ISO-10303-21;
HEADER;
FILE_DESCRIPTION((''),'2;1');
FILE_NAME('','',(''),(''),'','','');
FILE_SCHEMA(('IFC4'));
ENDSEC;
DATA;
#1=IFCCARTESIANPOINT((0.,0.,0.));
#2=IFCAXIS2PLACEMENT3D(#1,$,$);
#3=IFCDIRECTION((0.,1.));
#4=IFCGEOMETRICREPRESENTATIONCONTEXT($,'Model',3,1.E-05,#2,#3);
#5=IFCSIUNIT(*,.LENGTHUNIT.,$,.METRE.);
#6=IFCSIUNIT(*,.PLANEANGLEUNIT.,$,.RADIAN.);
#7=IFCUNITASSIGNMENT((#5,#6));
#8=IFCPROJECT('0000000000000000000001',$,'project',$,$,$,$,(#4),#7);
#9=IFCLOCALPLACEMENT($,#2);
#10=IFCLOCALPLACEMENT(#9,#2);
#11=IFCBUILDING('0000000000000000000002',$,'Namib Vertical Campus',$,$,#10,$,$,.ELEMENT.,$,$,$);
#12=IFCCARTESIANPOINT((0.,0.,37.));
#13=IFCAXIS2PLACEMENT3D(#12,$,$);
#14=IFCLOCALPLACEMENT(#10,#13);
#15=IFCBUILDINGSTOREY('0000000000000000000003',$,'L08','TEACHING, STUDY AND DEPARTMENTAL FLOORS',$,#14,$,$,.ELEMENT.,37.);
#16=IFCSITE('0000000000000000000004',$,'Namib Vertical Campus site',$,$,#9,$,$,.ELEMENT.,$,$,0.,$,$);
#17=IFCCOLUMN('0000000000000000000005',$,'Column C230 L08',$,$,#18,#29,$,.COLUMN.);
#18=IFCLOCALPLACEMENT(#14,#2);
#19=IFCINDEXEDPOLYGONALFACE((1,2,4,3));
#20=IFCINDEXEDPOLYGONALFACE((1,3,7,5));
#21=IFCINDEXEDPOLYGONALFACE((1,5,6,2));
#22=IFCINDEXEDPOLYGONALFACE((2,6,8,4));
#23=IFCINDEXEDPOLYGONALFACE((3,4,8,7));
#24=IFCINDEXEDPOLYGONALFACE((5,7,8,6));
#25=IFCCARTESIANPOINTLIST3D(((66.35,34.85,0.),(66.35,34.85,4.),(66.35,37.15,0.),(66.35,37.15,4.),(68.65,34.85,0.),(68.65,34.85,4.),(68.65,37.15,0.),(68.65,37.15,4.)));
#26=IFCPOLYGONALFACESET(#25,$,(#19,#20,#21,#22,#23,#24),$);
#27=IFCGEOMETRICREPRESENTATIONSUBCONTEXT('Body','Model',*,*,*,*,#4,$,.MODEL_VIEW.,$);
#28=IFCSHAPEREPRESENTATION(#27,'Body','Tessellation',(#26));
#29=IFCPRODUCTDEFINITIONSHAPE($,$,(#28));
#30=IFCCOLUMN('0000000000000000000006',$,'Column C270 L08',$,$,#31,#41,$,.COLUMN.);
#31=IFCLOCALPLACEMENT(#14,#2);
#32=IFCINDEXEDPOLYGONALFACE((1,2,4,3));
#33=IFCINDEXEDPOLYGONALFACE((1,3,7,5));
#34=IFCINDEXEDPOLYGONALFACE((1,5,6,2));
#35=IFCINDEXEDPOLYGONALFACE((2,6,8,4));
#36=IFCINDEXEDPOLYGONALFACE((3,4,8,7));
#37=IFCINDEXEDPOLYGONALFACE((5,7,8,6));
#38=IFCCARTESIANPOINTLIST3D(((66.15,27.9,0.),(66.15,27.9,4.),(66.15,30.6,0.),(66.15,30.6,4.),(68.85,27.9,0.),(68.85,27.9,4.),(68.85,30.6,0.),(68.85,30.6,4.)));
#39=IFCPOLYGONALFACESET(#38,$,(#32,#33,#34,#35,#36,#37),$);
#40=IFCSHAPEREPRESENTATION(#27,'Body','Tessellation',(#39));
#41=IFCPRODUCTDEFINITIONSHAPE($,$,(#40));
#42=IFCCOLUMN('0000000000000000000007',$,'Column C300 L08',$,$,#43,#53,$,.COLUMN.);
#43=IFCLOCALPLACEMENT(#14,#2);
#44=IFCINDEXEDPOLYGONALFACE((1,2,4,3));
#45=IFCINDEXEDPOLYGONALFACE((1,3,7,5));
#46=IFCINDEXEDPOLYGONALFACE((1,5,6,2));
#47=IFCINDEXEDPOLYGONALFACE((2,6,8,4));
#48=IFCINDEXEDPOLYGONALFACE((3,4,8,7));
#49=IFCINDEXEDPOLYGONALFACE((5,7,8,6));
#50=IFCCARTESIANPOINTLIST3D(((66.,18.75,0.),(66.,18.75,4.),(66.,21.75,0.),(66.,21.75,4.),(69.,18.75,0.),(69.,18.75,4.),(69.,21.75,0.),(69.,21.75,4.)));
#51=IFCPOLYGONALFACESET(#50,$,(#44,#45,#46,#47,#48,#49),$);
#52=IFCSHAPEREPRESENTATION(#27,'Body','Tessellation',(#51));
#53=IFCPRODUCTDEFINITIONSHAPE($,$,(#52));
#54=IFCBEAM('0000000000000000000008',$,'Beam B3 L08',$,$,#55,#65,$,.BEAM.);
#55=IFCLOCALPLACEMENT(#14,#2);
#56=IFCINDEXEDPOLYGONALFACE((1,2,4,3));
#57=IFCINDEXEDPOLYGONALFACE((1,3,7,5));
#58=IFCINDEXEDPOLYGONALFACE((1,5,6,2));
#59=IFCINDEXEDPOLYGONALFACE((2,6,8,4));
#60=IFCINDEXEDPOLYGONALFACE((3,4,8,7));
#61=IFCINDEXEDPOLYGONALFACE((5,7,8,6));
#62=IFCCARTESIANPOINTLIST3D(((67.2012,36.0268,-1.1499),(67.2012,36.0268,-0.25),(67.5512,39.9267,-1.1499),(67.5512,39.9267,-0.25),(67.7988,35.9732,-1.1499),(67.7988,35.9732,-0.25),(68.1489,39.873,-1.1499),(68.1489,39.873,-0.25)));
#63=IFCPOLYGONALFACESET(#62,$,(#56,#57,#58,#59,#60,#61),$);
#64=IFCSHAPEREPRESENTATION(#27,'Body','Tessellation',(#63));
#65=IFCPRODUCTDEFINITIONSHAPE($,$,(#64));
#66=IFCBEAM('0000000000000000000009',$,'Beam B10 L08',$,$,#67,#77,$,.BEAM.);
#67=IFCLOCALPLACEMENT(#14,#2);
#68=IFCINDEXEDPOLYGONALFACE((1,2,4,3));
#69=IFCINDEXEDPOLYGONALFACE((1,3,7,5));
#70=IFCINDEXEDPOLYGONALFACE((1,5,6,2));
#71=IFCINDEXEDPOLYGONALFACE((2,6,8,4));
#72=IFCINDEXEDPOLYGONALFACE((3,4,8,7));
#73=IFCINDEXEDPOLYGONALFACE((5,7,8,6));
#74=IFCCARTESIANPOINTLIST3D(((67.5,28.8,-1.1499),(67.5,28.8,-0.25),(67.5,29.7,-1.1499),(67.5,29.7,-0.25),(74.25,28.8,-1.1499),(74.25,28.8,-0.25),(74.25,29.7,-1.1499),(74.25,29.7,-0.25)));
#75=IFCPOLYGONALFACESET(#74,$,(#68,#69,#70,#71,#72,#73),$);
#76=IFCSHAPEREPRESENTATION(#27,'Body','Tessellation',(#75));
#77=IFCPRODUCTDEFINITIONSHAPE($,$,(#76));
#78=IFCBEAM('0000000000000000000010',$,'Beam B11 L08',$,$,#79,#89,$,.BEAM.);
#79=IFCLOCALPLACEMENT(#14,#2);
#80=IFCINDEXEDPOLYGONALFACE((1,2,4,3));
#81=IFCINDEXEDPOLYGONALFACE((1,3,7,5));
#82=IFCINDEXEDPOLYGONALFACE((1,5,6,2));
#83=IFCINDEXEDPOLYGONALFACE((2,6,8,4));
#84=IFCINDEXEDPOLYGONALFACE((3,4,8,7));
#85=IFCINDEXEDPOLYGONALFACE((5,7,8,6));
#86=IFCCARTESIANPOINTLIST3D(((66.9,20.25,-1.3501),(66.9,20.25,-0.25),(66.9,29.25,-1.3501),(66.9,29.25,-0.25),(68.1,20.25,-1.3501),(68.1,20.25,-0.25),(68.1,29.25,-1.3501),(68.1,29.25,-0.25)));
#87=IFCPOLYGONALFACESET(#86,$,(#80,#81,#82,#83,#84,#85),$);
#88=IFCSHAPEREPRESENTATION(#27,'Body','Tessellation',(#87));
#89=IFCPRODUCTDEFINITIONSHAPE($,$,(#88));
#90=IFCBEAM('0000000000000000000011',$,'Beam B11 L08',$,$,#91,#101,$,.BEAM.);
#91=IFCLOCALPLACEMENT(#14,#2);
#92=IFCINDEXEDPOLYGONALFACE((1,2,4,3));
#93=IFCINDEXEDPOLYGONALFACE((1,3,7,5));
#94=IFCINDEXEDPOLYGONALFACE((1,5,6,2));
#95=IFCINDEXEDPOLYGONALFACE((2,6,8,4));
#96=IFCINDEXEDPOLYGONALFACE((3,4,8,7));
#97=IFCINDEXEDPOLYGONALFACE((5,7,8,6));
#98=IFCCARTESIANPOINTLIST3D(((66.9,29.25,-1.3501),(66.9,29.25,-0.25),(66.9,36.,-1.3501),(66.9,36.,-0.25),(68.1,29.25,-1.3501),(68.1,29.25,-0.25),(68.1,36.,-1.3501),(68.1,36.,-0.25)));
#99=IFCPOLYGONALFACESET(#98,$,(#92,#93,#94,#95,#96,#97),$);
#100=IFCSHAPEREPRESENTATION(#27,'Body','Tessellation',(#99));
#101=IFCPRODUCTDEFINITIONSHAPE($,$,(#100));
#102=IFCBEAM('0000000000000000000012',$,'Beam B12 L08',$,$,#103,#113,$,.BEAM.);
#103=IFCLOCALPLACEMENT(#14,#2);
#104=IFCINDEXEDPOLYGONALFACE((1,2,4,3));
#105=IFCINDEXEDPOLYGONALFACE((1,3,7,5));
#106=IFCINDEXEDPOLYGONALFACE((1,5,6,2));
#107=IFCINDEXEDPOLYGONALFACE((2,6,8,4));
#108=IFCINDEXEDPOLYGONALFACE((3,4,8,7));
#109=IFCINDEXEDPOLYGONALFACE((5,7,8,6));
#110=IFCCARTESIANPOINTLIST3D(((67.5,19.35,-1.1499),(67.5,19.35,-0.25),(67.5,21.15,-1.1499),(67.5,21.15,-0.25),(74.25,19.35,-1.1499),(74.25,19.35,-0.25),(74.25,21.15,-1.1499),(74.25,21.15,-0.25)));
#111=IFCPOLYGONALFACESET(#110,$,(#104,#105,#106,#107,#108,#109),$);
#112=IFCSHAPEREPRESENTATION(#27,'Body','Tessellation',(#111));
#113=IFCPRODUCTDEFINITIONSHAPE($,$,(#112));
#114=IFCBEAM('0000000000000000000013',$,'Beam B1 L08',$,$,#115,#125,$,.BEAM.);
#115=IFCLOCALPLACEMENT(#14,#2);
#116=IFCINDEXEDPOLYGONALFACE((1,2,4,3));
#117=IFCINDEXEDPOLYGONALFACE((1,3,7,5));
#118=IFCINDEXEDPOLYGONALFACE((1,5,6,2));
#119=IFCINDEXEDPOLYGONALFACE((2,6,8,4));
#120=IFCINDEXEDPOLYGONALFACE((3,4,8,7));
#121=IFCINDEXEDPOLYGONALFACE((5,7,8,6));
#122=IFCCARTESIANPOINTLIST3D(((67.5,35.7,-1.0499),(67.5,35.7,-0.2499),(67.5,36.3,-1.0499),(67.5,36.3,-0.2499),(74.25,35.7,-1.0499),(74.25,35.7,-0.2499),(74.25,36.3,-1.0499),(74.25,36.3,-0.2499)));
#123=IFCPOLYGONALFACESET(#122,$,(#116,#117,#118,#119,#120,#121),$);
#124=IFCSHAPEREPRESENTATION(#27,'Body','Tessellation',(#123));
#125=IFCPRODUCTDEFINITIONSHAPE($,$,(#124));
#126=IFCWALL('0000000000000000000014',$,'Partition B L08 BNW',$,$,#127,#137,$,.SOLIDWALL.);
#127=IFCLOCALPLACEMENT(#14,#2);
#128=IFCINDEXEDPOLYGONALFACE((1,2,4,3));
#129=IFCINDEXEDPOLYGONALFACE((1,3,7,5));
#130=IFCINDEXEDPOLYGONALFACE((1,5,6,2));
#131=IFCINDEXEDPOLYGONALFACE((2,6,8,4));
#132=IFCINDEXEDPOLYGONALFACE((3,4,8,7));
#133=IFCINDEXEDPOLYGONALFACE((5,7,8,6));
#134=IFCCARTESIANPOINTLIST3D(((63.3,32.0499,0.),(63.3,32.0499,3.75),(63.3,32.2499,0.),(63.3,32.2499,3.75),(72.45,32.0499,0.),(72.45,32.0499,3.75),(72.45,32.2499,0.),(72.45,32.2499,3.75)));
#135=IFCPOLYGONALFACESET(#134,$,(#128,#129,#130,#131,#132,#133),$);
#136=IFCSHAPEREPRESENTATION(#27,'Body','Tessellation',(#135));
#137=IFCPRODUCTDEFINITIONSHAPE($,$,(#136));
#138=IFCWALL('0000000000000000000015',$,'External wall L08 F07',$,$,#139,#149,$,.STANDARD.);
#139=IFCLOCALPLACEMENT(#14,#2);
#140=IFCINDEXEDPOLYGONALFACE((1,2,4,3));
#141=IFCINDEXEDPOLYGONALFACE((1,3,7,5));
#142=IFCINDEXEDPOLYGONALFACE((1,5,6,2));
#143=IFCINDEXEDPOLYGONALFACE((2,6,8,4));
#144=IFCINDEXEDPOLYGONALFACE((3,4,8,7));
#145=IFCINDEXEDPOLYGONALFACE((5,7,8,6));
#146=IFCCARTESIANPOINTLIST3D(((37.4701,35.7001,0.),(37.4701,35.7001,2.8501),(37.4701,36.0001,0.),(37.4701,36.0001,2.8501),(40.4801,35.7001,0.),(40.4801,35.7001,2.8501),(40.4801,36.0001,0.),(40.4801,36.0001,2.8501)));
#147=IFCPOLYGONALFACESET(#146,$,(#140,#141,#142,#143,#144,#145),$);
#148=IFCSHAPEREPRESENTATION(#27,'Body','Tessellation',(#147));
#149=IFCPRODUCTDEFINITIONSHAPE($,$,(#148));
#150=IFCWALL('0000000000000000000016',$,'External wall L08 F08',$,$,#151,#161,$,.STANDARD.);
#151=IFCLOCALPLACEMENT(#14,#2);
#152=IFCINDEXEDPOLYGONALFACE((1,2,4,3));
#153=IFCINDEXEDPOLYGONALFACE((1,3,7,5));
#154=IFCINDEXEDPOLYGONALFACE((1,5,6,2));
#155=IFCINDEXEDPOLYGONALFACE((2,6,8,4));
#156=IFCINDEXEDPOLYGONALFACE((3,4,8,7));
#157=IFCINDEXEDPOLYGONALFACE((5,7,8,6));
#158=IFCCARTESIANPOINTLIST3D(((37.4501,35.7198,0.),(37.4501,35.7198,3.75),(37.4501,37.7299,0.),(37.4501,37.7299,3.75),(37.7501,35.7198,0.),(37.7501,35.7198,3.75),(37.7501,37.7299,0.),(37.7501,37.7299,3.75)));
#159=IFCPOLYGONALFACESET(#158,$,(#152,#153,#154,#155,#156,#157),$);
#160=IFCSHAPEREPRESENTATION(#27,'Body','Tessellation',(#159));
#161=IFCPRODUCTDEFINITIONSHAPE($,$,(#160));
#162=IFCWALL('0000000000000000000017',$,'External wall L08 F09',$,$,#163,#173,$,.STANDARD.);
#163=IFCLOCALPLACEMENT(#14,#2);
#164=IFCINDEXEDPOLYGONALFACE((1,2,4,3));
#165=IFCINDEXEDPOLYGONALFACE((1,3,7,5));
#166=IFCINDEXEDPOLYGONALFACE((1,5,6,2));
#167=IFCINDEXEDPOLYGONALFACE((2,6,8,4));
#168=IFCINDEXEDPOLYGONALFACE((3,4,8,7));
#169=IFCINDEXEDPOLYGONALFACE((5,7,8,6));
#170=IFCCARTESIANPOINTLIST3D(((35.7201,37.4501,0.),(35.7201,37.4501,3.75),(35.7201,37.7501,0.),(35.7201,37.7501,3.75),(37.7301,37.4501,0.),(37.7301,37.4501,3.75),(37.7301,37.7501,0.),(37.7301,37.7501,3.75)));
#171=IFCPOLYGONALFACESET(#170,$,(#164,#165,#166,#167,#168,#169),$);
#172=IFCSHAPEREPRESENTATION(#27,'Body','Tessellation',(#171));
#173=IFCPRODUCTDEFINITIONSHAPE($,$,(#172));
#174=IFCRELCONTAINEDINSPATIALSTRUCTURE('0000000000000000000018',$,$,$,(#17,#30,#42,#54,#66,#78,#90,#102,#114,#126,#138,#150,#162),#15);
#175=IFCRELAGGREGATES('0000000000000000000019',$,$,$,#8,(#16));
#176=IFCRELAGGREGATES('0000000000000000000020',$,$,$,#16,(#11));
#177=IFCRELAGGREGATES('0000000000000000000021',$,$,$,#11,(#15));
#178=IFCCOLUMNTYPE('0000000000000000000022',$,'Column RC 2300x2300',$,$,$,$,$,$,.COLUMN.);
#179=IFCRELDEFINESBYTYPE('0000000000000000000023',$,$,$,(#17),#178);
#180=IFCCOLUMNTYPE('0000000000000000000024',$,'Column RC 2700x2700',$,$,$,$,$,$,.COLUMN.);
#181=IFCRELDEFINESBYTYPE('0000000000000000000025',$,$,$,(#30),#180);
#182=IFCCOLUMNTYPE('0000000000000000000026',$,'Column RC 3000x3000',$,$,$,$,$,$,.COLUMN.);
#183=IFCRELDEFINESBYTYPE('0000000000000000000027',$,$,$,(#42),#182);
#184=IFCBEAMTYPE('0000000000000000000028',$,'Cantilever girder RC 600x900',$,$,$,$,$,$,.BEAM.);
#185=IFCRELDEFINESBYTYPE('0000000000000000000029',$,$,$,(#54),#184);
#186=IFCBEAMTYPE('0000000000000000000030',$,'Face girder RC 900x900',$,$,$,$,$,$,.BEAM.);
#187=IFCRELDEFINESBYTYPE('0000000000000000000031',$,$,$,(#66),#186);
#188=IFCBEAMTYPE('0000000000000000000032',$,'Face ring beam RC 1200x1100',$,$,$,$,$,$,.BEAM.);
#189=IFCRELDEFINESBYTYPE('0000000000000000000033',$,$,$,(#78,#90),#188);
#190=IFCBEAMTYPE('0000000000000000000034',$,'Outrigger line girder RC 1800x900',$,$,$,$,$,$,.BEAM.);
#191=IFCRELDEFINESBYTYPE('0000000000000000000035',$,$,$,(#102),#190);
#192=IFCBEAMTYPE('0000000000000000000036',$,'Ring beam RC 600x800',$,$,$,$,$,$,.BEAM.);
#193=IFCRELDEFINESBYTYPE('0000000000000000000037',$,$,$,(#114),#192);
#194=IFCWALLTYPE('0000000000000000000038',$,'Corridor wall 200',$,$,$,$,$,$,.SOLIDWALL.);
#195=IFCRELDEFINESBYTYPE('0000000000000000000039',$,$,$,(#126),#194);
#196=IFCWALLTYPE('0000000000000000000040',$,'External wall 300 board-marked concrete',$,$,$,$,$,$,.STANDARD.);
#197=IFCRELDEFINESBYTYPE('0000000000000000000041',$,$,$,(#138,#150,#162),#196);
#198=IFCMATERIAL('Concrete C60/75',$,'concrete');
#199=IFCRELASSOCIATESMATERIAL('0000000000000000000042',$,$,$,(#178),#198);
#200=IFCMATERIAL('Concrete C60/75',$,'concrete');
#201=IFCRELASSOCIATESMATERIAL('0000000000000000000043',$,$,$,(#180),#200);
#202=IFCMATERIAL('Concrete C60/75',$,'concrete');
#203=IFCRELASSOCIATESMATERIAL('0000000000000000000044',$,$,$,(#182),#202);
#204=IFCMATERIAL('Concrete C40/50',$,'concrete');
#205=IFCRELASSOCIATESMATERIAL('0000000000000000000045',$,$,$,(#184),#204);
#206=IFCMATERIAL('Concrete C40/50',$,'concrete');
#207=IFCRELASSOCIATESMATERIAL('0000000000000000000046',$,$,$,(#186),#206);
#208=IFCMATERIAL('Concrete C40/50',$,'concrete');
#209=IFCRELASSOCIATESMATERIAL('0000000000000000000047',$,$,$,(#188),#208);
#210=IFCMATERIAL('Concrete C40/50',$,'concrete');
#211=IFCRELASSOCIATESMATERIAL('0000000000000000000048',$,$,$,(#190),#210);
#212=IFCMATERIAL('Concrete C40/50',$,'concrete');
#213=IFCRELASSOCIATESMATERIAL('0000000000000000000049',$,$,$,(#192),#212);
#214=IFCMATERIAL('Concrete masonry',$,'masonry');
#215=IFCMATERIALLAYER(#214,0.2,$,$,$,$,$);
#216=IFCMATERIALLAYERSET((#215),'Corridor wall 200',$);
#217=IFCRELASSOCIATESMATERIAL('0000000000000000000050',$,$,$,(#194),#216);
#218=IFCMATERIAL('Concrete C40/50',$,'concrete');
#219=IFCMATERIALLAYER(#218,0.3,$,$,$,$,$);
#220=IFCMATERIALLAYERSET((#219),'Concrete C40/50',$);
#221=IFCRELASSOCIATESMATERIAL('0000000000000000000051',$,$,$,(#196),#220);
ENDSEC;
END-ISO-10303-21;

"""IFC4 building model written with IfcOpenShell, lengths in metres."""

from ifc_helpers import new_model, si_unit, direction, frame, frame_2d, origin, origin_2d, place, context, subcontext, project, spatial, rectangle, extrude, material, layer, layer_set, material_profile, profile_set, type_object, element, save


model = new_model("IFC4")

# Units and contexts
model_context = context("Model", 3, precision=1e-05, world=origin(), true_north=direction((0.0, 1.0)))
body_context = subcontext(model_context, "Body", "Model", "MODEL_VIEW")
ifc_project = project(units=[si_unit("LENGTHUNIT", "METRE"), si_unit("PLANEANGLEUNIT", "RADIAN")], contexts=[model_context])

# Site, building, storey
site_placement = place(None, origin())
site = spatial("IfcSite", under=ifc_project, at=site_placement, Name="Namib Vertical Campus site", CompositionType="ELEMENT", RefElevation=0.0)
building_placement = place(site_placement, origin())
building = spatial("IfcBuilding", under=site, at=building_placement, Name="Namib Vertical Campus", CompositionType="ELEMENT")
storey_placement = place(building_placement, frame((0.0, 0.0, 37.0)))
storey = spatial("IfcBuildingStorey", under=building, at=storey_placement, Name="L08", Description="TEACHING, STUDY AND DEPARTMENTAL FLOORS", CompositionType="ELEMENT", Elevation=37.0)

# Columns
ifc_material_1 = material(Name="Concrete C60/75", Category="concrete")
ifc_material_profile_1 = material_profile(ifc_material_1, rectangle(XDim=2.3, YDim=2.3, at=origin_2d()))
ifc_profile_set_1 = profile_set([ifc_material_profile_1], Name="Concrete C60/75")
column_type_1 = type_object("IfcColumnType", Name="Column RC 2300x2300", PredefinedType="COLUMN", material=ifc_profile_set_1)
column_1_placement = place(storey_placement, frame((67.5, 36.0, 0.0), z_axis=(0.0, 0.0, 1.0), x_axis=(1.0, 0.0, 0.0)))
element("IfcColumn", 1, at=column_1_placement, inside=storey, type_object=column_type_1, Name="Column C230 L08", PredefinedType="COLUMN", context=body_context, shape_type="SweptSolid", body=[
    extrude(rectangle(XDim=2.3, YDim=2.3, at=origin_2d()), origin(), (0.0, 0.0, 1.0), 4.0),
])
ifc_material_2 = material(Name="Concrete C60/75", Category="concrete")
ifc_material_profile_2 = material_profile(ifc_material_2, rectangle(XDim=2.7, YDim=2.7, at=origin_2d()))
ifc_profile_set_2 = profile_set([ifc_material_profile_2], Name="Concrete C60/75")
column_type_2 = type_object("IfcColumnType", Name="Column RC 2700x2700", PredefinedType="COLUMN", material=ifc_profile_set_2)
column_2_placement = place(storey_placement, frame((67.5, 29.25, 0.0), z_axis=(0.0, 0.0, 1.0), x_axis=(1.0, 0.0, 0.0)))
element("IfcColumn", 2, at=column_2_placement, inside=storey, type_object=column_type_2, Name="Column C270 L08", PredefinedType="COLUMN", context=body_context, shape_type="SweptSolid", body=[
    extrude(rectangle(XDim=2.7, YDim=2.7, at=origin_2d()), origin(), (0.0, 0.0, 1.0), 4.0),
])
ifc_material_3 = material(Name="Concrete C60/75", Category="concrete")
ifc_material_profile_3 = material_profile(ifc_material_3, rectangle(XDim=3.0, YDim=3.0, at=origin_2d()))
ifc_profile_set_3 = profile_set([ifc_material_profile_3], Name="Concrete C60/75")
column_type_3 = type_object("IfcColumnType", Name="Column RC 3000x3000", PredefinedType="COLUMN", material=ifc_profile_set_3)
column_3_placement = place(storey_placement, frame((67.5, 20.25, 0.0), z_axis=(0.0, 0.0, 1.0), x_axis=(1.0, 0.0, 0.0)))
element("IfcColumn", 3, at=column_3_placement, inside=storey, type_object=column_type_3, Name="Column C300 L08", PredefinedType="COLUMN", context=body_context, shape_type="SweptSolid", body=[
    extrude(rectangle(XDim=3.0, YDim=3.0, at=origin_2d()), origin(), (0.0, 0.0, 1.0), 4.0),
])

# Beams
ifc_material_4 = material(Name="Concrete C40/50", Category="concrete")
ifc_material_profile_4 = material_profile(ifc_material_4, rectangle(XDim=0.6001, YDim=0.8999, at=origin_2d()))
ifc_profile_set_4 = profile_set([ifc_material_profile_4], Name="Concrete C40/50")
beam_type_1 = type_object("IfcBeamType", Name="Cantilever girder RC 600x900", PredefinedType="BEAM", material=ifc_profile_set_4)
beam_1_placement = place(storey_placement, frame((67.5, 36.0, -0.7), z_axis=(0.089411, 0.995995, 0.0), x_axis=(-0.995995, 0.089411, 0.0)))
element("IfcBeam", 4, at=beam_1_placement, inside=storey, type_object=beam_type_1, Name="Beam B3 L08", PredefinedType="BEAM", context=body_context, shape_type="SweptSolid", body=[
    extrude(rectangle(XDim=0.6001, YDim=0.8999, at=origin_2d()), origin(), (0.0, 0.0, 1.0), 3.9155),
])
ifc_material_5 = material(Name="Concrete C40/50", Category="concrete")
ifc_material_profile_5 = material_profile(ifc_material_5, rectangle(XDim=0.8999, YDim=0.8999, at=origin_2d()))
ifc_profile_set_5 = profile_set([ifc_material_profile_5], Name="Concrete C40/50")
beam_type_2 = type_object("IfcBeamType", Name="Face girder RC 900x900", PredefinedType="BEAM", material=ifc_profile_set_5)
beam_2_placement = place(storey_placement, frame((67.5, 29.25, -0.7), z_axis=(1.0, 0.0, 0.0), x_axis=(0.0, 1.0, 0.0)))
element("IfcBeam", 5, at=beam_2_placement, inside=storey, type_object=beam_type_2, Name="Beam B10 L08", PredefinedType="BEAM", context=body_context, shape_type="SweptSolid", body=[
    extrude(rectangle(XDim=0.8999, YDim=0.8999, at=origin_2d()), origin(), (0.0, 0.0, 1.0), 6.75),
])
ifc_material_6 = material(Name="Concrete C40/50", Category="concrete")
ifc_material_profile_6 = material_profile(ifc_material_6, rectangle(XDim=1.2, YDim=1.1001, at=origin_2d()))
ifc_profile_set_6 = profile_set([ifc_material_profile_6], Name="Concrete C40/50")
beam_type_3 = type_object("IfcBeamType", Name="Face ring beam RC 1200x1100", PredefinedType="BEAM", material=ifc_profile_set_6)
beam_3_placement = place(storey_placement, frame((67.5, 20.25, -0.8), z_axis=(0.0, 1.0, 0.0), x_axis=(-1.0, 0.0, 0.0)))
element("IfcBeam", 6, at=beam_3_placement, inside=storey, type_object=beam_type_3, Name="Beam B11 L08", PredefinedType="BEAM", context=body_context, shape_type="SweptSolid", body=[
    extrude(rectangle(XDim=1.2, YDim=1.1001, at=origin_2d()), origin(), (0.0, 0.0, 1.0), 9.0),
])
beam_4_placement = place(storey_placement, frame((67.5, 29.25, -0.8), z_axis=(0.0, 1.0, 0.0), x_axis=(-1.0, 0.0, 0.0)))
element("IfcBeam", 7, at=beam_4_placement, inside=storey, type_object=beam_type_3, Name="Beam B11 L08", PredefinedType="BEAM", context=body_context, shape_type="SweptSolid", body=[
    extrude(rectangle(XDim=1.2, YDim=1.1001, at=origin_2d()), origin(), (0.0, 0.0, 1.0), 6.75),
])
ifc_material_7 = material(Name="Concrete C40/50", Category="concrete")
ifc_material_profile_7 = material_profile(ifc_material_7, rectangle(XDim=1.8, YDim=0.8999, at=origin_2d()))
ifc_profile_set_7 = profile_set([ifc_material_profile_7], Name="Concrete C40/50")
beam_type_4 = type_object("IfcBeamType", Name="Outrigger line girder RC 1800x900", PredefinedType="BEAM", material=ifc_profile_set_7)
beam_5_placement = place(storey_placement, frame((67.5, 20.25, -0.7), z_axis=(1.0, 0.0, 0.0), x_axis=(0.0, 1.0, 0.0)))
element("IfcBeam", 8, at=beam_5_placement, inside=storey, type_object=beam_type_4, Name="Beam B12 L08", PredefinedType="BEAM", context=body_context, shape_type="SweptSolid", body=[
    extrude(rectangle(XDim=1.8, YDim=0.8999, at=origin_2d()), origin(), (0.0, 0.0, 1.0), 6.75),
])
ifc_material_8 = material(Name="Concrete C40/50", Category="concrete")
ifc_material_profile_8 = material_profile(ifc_material_8, rectangle(XDim=0.6001, YDim=0.8, at=origin_2d()))
ifc_profile_set_8 = profile_set([ifc_material_profile_8], Name="Concrete C40/50")
beam_type_5 = type_object("IfcBeamType", Name="Ring beam RC 600x800", PredefinedType="BEAM", material=ifc_profile_set_8)
beam_6_placement = place(storey_placement, frame((67.5, 36.0, -0.6499), z_axis=(1.0, 0.0, 0.0), x_axis=(0.0, 1.0, 0.0)))
element("IfcBeam", 9, at=beam_6_placement, inside=storey, type_object=beam_type_5, Name="Beam B1 L08", PredefinedType="BEAM", context=body_context, shape_type="SweptSolid", body=[
    extrude(rectangle(XDim=0.6001, YDim=0.8, at=origin_2d()), origin(), (0.0, 0.0, 1.0), 6.75),
])

# Walls
ifc_material_9 = material(Name="Concrete masonry", Category="masonry")
ifc_layer_1 = layer(ifc_material_9, 0.2)
ifc_layer_set_1 = layer_set([ifc_layer_1], Name="Corridor wall 200")
wall_type_1 = type_object("IfcWallType", Name="Corridor wall 200", PredefinedType="SOLIDWALL", material=ifc_layer_set_1)
wall_1_placement = place(storey_placement, frame((63.3, 32.1499, 0.0), z_axis=(0.0, 0.0, 1.0), x_axis=(1.0, 0.0, 0.0)))
element("IfcWall", 10, at=wall_1_placement, inside=storey, type_object=wall_type_1, Name="Partition B L08 BNW", PredefinedType="SOLIDWALL", context=body_context, shape_type="SweptSolid", body=[
    extrude(rectangle(XDim=9.1499, YDim=0.2, at=frame_2d((4.575, 0.0))), origin(), (0.0, 0.0, 1.0), 3.75),
])
ifc_material_10 = material(Name="Concrete C40/50", Category="concrete")
ifc_layer_2 = layer(ifc_material_10, 0.3)
ifc_layer_set_2 = layer_set([ifc_layer_2], Name="Concrete C40/50")
wall_type_2 = type_object("IfcWallType", Name="External wall 300 board-marked concrete", PredefinedType="STANDARD", material=ifc_layer_set_2)
wall_2_placement = place(storey_placement, frame((40.48, 35.8501, 0.0), z_axis=(0.0, 0.0, 1.0), x_axis=(-1.0, 0.0, 0.0)))
element("IfcWall", 11, at=wall_2_placement, inside=storey, type_object=wall_type_2, Name="External wall L08 F07", PredefinedType="STANDARD", context=body_context, shape_type="SweptSolid", body=[
    extrude(rectangle(XDim=3.01, YDim=0.3, at=frame_2d((1.5049, 0.0))), origin(), (0.0, 0.0, 1.0), 2.8501),
])
for number, where, z_axis, x_axis, name in (
    (12, (37.6001, 35.72, 0.0), (0.0, 0.0, 1.0), (0.0, 1.0, 0.0), "External wall L08 F08"),
    (13, (37.73, 37.6001, 0.0), (0.0, 0.0, 1.0), (-1.0, 0.0, 0.0), "External wall L08 F09"),
):
    element("IfcWall", number, at=place(storey_placement, frame(where, z_axis=z_axis, x_axis=x_axis)), inside=storey, type_object=wall_type_2, Name=name, PredefinedType="STANDARD", context=body_context, shape_type="SweptSolid", body=[
        extrude(rectangle(XDim=2.01, YDim=0.3, at=frame_2d((1.0049, 0.0))), origin(), (0.0, 0.0, 1.0), 3.75),
    ])

save(model, "model.ifc")
